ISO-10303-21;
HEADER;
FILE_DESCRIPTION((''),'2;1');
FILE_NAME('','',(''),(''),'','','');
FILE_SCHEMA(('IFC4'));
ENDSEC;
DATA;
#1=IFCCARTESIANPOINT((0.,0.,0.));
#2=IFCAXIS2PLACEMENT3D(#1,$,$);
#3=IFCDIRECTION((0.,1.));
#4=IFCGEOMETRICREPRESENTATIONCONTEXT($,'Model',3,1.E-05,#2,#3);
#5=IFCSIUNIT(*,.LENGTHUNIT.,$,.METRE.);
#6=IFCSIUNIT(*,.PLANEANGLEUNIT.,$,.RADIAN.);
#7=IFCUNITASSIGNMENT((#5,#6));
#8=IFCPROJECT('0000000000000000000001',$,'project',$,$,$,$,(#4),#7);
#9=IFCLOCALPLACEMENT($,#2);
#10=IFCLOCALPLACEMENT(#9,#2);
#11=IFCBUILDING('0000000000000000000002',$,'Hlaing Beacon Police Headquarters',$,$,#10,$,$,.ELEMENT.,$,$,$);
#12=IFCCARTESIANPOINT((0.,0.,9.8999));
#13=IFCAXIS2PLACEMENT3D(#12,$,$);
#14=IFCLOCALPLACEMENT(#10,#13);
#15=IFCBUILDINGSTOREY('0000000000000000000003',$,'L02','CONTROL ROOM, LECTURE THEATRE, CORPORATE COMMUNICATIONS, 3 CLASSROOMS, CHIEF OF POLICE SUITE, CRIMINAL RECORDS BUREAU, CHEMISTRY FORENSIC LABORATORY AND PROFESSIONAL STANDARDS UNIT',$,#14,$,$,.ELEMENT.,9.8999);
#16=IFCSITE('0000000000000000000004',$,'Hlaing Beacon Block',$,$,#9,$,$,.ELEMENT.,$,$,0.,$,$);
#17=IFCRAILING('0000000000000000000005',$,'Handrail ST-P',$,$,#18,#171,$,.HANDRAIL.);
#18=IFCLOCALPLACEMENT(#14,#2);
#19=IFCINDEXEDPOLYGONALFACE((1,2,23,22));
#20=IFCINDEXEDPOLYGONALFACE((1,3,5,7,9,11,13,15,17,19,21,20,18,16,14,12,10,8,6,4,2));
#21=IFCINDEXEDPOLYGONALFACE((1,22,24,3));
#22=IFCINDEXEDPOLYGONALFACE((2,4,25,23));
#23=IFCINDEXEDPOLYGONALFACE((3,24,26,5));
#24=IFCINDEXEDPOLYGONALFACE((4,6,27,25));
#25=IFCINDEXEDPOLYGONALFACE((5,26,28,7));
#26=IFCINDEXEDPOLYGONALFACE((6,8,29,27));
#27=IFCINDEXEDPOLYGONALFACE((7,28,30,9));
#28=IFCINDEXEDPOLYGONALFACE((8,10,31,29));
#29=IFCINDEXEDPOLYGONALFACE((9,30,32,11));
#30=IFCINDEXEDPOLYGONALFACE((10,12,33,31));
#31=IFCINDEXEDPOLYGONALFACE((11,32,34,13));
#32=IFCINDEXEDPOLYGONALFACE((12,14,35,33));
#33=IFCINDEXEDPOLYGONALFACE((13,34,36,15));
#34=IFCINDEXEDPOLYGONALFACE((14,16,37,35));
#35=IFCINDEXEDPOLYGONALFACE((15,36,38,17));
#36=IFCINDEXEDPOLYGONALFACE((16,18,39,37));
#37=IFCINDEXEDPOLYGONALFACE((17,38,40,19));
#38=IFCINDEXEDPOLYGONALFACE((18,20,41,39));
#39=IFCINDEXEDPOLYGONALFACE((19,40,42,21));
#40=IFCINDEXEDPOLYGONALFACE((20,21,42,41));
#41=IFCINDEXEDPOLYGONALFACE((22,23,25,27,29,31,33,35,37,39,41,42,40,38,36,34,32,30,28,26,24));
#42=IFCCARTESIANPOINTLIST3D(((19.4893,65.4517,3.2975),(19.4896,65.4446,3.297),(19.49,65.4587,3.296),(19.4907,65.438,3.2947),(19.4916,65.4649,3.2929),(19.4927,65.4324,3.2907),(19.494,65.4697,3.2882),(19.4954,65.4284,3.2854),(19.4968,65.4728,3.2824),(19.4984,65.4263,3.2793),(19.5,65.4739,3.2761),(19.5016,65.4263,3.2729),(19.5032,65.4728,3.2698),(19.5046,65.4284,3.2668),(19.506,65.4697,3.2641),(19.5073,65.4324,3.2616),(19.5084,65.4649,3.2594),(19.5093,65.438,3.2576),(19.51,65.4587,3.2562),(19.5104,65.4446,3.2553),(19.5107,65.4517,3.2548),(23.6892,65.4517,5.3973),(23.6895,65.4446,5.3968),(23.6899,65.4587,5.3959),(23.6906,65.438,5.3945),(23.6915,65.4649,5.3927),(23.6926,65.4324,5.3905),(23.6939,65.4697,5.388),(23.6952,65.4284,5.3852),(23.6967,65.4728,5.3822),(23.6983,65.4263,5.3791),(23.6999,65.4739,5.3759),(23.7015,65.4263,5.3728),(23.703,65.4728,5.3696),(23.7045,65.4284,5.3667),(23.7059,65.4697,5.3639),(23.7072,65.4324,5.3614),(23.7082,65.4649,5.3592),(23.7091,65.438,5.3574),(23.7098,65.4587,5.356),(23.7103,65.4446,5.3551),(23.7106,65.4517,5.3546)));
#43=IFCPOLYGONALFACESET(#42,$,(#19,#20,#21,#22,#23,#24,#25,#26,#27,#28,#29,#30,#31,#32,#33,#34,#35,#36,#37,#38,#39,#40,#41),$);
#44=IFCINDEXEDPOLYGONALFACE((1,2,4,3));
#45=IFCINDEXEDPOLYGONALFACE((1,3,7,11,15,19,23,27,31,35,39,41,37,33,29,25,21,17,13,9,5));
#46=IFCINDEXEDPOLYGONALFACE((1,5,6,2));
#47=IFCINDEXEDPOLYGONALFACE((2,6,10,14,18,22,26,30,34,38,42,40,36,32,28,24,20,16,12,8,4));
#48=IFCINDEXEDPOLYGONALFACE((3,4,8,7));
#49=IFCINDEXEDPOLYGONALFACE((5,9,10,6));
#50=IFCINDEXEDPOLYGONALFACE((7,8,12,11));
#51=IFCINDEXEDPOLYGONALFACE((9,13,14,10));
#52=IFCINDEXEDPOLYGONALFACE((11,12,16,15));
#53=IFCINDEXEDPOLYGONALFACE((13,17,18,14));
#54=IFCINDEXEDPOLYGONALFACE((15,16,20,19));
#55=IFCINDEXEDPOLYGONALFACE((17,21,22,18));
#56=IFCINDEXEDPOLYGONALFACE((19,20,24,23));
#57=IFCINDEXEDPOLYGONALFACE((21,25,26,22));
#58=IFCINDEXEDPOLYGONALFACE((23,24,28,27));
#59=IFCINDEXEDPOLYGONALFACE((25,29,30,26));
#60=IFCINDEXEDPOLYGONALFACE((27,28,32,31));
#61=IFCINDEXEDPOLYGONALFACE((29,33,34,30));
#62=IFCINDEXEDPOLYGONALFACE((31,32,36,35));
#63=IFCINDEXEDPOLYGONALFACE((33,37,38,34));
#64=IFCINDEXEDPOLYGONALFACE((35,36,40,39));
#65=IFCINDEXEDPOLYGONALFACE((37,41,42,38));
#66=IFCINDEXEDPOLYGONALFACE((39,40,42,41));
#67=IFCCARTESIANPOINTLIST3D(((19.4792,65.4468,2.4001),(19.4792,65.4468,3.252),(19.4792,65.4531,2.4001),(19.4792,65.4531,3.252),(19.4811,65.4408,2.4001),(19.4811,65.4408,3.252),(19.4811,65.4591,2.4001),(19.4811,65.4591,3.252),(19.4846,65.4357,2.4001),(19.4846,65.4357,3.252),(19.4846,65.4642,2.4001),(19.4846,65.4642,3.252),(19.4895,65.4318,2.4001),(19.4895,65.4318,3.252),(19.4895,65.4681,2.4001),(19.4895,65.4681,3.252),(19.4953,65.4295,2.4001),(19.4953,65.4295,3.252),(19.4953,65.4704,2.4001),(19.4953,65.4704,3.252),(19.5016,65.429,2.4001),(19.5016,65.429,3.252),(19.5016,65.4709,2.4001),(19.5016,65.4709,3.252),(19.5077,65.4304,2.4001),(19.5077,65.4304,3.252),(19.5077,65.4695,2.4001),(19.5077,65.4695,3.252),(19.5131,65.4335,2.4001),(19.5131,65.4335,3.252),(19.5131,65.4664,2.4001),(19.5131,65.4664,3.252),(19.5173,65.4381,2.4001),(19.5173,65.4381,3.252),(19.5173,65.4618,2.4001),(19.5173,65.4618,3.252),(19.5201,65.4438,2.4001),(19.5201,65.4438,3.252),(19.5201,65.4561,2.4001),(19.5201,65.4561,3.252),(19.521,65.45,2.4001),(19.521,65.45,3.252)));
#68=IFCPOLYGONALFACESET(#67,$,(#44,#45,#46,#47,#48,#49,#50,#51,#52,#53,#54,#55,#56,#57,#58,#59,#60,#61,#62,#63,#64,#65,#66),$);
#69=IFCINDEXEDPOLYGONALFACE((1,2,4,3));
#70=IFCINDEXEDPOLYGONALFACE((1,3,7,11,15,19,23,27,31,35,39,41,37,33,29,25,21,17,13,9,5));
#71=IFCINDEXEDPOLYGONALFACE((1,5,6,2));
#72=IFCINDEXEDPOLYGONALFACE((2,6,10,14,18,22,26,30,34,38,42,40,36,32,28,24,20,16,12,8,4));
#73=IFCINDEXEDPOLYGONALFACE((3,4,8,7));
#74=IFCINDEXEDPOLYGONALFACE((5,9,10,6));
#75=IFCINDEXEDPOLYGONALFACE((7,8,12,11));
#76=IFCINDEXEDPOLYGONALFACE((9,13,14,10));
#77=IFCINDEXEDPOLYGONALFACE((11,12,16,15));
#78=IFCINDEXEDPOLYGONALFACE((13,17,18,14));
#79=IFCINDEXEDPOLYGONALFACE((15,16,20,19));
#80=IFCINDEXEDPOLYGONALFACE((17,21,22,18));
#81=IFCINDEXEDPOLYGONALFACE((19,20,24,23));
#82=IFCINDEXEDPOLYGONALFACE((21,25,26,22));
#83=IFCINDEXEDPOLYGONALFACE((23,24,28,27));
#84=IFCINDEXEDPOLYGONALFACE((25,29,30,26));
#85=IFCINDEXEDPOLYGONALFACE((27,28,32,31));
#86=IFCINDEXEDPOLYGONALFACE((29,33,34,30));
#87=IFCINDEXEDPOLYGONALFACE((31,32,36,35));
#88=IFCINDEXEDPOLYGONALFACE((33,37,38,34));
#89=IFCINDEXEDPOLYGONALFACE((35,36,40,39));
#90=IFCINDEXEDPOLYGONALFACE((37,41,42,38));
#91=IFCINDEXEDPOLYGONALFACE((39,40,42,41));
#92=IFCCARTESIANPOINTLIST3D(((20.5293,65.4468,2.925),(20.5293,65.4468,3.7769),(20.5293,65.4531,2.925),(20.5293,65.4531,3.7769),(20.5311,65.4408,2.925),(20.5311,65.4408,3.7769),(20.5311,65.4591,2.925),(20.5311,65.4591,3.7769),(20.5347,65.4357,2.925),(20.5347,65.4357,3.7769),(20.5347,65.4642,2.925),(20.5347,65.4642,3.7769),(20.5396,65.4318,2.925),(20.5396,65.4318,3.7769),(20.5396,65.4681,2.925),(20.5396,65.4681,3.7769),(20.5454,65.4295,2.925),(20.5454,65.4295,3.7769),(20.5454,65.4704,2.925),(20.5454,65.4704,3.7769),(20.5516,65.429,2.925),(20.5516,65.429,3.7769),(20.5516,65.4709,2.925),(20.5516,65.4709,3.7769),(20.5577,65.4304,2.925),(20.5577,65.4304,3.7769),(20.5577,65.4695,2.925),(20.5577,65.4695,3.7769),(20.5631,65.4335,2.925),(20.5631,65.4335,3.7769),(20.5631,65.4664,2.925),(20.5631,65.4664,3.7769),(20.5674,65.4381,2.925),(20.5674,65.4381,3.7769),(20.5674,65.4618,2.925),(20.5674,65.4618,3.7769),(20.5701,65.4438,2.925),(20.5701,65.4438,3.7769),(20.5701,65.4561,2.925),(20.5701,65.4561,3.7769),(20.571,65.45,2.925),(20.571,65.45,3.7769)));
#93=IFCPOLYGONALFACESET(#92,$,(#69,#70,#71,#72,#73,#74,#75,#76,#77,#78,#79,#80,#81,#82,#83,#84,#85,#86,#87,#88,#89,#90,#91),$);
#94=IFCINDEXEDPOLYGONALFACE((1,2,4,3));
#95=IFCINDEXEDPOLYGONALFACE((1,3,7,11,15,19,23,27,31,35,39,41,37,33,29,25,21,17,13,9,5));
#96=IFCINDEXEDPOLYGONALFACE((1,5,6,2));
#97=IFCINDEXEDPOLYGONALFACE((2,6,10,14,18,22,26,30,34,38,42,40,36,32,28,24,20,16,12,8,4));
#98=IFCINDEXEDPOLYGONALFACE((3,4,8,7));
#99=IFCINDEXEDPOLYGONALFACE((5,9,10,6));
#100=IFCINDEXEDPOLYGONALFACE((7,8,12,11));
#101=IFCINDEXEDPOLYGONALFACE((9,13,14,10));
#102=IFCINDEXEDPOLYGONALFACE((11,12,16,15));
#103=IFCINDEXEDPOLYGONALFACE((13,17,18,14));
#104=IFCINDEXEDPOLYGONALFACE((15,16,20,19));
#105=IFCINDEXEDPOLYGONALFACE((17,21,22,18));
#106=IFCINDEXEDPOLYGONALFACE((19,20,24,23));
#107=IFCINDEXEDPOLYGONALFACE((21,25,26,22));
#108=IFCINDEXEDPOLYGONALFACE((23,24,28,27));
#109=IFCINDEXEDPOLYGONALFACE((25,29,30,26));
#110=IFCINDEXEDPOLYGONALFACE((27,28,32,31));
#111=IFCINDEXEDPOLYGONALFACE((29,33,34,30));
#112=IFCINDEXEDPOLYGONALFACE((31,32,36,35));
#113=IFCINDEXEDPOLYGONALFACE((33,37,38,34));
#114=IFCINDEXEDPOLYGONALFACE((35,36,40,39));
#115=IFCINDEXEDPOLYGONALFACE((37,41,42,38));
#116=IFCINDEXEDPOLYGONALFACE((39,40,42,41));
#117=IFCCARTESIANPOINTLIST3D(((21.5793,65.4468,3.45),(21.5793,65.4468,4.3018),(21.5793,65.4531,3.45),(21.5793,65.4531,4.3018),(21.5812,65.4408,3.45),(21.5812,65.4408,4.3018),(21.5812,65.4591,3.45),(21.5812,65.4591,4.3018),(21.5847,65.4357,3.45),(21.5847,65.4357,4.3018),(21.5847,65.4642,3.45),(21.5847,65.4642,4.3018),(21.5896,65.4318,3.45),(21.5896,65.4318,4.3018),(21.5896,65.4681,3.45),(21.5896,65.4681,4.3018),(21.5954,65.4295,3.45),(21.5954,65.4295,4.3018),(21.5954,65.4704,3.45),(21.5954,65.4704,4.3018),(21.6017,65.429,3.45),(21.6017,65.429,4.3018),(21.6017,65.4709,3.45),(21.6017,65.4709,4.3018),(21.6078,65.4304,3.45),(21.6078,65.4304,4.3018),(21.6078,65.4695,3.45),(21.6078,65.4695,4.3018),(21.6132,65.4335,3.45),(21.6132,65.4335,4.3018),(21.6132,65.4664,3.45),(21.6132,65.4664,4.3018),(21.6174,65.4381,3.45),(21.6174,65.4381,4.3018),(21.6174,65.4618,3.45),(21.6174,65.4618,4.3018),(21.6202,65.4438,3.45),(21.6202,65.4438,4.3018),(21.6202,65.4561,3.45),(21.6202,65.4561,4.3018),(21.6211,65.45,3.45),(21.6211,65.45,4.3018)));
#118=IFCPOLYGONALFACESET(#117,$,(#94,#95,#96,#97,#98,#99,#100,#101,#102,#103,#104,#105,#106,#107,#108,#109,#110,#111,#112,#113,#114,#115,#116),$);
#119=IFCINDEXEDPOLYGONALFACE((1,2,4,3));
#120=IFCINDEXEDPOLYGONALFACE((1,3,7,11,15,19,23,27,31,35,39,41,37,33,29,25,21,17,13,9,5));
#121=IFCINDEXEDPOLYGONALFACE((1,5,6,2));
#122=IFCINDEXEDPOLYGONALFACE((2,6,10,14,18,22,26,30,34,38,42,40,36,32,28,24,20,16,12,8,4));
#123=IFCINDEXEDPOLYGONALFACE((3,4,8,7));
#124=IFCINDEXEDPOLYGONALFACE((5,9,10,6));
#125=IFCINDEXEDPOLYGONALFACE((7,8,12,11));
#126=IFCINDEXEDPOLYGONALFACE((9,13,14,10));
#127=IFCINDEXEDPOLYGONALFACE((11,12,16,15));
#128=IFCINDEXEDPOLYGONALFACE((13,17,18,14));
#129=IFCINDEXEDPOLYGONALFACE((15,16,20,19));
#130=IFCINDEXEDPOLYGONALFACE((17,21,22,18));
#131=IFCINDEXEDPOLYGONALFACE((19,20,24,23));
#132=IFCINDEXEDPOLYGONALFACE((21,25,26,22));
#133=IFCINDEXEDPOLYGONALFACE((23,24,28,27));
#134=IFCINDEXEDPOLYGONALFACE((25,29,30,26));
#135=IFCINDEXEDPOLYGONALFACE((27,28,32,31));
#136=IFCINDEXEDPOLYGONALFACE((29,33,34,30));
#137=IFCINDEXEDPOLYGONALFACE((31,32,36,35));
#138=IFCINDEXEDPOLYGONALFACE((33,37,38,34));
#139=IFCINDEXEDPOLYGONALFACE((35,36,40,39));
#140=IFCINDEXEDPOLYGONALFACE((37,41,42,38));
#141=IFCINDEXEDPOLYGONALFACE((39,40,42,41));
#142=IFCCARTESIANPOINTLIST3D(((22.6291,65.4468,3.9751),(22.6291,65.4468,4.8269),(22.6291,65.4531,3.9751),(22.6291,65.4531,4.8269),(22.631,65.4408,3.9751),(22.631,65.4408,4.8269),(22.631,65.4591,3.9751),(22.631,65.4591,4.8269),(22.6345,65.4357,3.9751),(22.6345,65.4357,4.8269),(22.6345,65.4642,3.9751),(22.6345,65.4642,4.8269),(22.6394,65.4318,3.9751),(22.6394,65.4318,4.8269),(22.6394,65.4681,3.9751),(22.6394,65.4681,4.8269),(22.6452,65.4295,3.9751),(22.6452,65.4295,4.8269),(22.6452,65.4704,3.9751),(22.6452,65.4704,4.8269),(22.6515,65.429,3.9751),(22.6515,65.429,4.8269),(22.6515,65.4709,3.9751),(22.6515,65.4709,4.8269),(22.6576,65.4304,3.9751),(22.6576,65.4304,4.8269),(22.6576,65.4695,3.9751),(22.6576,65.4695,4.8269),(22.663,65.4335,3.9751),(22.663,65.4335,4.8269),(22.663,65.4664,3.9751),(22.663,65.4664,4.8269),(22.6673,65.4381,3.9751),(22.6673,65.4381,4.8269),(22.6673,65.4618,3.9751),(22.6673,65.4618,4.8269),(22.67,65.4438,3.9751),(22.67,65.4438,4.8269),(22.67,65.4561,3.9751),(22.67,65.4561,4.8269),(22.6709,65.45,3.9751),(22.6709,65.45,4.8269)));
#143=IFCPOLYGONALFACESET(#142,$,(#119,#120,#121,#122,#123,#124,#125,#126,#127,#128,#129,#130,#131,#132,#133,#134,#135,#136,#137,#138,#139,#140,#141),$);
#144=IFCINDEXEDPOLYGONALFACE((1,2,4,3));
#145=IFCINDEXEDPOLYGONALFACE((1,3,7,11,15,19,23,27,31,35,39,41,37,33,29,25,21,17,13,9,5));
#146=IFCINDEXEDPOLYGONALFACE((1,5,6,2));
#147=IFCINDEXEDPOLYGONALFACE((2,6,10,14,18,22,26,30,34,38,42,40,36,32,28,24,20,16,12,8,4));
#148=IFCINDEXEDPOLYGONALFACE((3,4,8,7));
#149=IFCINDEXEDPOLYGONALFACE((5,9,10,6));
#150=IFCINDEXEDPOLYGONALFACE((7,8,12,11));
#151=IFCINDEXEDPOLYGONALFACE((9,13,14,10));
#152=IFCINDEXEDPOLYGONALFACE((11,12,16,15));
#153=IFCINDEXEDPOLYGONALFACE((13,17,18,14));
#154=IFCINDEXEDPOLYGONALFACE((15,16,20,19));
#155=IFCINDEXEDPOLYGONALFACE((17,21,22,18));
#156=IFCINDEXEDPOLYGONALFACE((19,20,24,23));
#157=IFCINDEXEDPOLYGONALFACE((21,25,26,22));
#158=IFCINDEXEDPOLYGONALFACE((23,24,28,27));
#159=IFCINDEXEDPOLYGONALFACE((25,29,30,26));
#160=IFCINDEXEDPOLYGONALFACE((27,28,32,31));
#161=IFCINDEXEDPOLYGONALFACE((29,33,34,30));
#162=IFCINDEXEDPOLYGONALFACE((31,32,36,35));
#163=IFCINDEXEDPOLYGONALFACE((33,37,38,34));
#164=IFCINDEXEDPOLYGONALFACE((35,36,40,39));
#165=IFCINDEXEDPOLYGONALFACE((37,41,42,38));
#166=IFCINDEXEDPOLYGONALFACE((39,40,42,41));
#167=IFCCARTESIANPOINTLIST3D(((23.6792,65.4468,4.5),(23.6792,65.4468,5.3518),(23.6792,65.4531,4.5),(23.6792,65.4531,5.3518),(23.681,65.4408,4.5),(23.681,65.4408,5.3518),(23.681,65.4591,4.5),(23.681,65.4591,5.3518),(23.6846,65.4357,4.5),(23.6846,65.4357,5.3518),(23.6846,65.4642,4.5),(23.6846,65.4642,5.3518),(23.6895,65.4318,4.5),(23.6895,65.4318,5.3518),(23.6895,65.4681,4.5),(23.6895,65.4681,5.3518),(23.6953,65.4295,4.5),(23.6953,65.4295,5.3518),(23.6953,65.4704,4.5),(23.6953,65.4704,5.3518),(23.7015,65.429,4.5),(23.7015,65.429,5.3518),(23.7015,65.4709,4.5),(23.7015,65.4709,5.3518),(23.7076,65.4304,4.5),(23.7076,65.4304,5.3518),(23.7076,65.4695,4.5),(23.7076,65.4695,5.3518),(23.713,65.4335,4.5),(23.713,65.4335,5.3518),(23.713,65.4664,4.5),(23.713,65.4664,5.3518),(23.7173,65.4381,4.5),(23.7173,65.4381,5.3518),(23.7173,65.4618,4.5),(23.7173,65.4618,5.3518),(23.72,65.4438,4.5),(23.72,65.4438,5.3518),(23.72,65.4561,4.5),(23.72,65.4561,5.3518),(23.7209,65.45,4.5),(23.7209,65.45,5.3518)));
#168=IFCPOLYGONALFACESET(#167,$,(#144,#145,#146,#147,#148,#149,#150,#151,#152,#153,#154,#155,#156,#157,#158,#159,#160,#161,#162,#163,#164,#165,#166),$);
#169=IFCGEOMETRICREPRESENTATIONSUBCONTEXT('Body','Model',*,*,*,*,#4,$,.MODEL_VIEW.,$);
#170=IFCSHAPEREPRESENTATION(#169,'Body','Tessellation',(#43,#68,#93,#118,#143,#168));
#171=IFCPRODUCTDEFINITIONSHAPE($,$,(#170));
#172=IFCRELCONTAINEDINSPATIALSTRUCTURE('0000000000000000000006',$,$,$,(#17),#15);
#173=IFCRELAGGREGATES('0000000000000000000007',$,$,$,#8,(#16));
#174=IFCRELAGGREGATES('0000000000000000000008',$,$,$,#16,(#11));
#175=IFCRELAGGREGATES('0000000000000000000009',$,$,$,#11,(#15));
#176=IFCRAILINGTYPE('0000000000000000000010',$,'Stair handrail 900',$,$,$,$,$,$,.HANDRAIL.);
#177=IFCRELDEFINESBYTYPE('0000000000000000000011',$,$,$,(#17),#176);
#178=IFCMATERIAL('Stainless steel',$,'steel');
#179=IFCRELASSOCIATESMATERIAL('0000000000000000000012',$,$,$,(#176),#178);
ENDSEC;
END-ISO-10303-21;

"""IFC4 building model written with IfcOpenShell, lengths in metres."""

from ifc_helpers import new_model, si_unit, direction, frame, origin, origin_2d, place, context, subcontext, project, spatial, circle, extrude, material, type_object, element, save


model = new_model("IFC4")

# Units and contexts
model_context = context("Model", 3, precision=1e-05, world=origin(), true_north=direction((0.0, 1.0)))
body_context = subcontext(model_context, "Body", "Model", "MODEL_VIEW")
ifc_project = project(units=[si_unit("LENGTHUNIT", "METRE"), si_unit("PLANEANGLEUNIT", "RADIAN")], contexts=[model_context])

# Site, building, storey
site_placement = place(None, origin())
site = spatial("IfcSite", under=ifc_project, at=site_placement, Name="Hlaing Beacon Block", CompositionType="ELEMENT", RefElevation=0.0)
building_placement = place(site_placement, origin())
building = spatial("IfcBuilding", under=site, at=building_placement, Name="Hlaing Beacon Police Headquarters", CompositionType="ELEMENT")
storey_placement = place(building_placement, frame((0.0, 0.0, 9.8999)))
storey = spatial("IfcBuildingStorey", under=building, at=storey_placement, Name="L02", Description="CONTROL ROOM, LECTURE THEATRE, CORPORATE COMMUNICATIONS, 3 CLASSROOMS, CHIEF OF POLICE SUITE, CRIMINAL RECORDS BUREAU, CHEMISTRY FORENSIC LABORATORY AND PROFESSIONAL STANDARDS UNIT", CompositionType="ELEMENT", Elevation=9.8999)

# Railing
ifc_material_1 = material(Name="Stainless steel", Category="steel")
railing_type_1 = type_object("IfcRailingType", Name="Stair handrail 900", PredefinedType="HANDRAIL", material=ifc_material_1)
for number, where, name in (
    (1, (19.5, 65.45, 2.4001), "Handrail ST-P"),
):
    element("IfcRailing", number, at=place(storey_placement, frame(where)), inside=storey, type_object=railing_type_1, Name=name, PredefinedType="HANDRAIL", context=body_context, shape_type="SweptSolid", body=[
        extrude(circle(Radius=0.0239, at=origin_2d()), frame((0.0, 0.0, 0.876), z_axis=(0.894438, 0.0, 0.447193), x_axis=(0.0, 1.0, 0.0)), (0.0, 0.0, 1.0), 4.6956),
        extrude(circle(Radius=0.021, at=origin_2d()), origin(), (0.0, 0.0, 1.0), 0.8518),
        extrude(circle(Radius=0.021, at=origin_2d()), frame((1.05, 0.0, 0.5249)), (0.0, 0.0, 1.0), 0.8518),
        extrude(circle(Radius=0.021, at=origin_2d()), frame((2.1001, 0.0, 1.0498)), (0.0, 0.0, 1.0), 0.8518),
        extrude(circle(Radius=0.021, at=origin_2d()), frame((3.1499, 0.0, 1.575)), (0.0, 0.0, 1.0), 0.8518),
        extrude(circle(Radius=0.021, at=origin_2d()), frame((4.2, 0.0, 2.0999)), (0.0, 0.0, 1.0), 0.8518),
    ])

save(model, "model.ifc")
